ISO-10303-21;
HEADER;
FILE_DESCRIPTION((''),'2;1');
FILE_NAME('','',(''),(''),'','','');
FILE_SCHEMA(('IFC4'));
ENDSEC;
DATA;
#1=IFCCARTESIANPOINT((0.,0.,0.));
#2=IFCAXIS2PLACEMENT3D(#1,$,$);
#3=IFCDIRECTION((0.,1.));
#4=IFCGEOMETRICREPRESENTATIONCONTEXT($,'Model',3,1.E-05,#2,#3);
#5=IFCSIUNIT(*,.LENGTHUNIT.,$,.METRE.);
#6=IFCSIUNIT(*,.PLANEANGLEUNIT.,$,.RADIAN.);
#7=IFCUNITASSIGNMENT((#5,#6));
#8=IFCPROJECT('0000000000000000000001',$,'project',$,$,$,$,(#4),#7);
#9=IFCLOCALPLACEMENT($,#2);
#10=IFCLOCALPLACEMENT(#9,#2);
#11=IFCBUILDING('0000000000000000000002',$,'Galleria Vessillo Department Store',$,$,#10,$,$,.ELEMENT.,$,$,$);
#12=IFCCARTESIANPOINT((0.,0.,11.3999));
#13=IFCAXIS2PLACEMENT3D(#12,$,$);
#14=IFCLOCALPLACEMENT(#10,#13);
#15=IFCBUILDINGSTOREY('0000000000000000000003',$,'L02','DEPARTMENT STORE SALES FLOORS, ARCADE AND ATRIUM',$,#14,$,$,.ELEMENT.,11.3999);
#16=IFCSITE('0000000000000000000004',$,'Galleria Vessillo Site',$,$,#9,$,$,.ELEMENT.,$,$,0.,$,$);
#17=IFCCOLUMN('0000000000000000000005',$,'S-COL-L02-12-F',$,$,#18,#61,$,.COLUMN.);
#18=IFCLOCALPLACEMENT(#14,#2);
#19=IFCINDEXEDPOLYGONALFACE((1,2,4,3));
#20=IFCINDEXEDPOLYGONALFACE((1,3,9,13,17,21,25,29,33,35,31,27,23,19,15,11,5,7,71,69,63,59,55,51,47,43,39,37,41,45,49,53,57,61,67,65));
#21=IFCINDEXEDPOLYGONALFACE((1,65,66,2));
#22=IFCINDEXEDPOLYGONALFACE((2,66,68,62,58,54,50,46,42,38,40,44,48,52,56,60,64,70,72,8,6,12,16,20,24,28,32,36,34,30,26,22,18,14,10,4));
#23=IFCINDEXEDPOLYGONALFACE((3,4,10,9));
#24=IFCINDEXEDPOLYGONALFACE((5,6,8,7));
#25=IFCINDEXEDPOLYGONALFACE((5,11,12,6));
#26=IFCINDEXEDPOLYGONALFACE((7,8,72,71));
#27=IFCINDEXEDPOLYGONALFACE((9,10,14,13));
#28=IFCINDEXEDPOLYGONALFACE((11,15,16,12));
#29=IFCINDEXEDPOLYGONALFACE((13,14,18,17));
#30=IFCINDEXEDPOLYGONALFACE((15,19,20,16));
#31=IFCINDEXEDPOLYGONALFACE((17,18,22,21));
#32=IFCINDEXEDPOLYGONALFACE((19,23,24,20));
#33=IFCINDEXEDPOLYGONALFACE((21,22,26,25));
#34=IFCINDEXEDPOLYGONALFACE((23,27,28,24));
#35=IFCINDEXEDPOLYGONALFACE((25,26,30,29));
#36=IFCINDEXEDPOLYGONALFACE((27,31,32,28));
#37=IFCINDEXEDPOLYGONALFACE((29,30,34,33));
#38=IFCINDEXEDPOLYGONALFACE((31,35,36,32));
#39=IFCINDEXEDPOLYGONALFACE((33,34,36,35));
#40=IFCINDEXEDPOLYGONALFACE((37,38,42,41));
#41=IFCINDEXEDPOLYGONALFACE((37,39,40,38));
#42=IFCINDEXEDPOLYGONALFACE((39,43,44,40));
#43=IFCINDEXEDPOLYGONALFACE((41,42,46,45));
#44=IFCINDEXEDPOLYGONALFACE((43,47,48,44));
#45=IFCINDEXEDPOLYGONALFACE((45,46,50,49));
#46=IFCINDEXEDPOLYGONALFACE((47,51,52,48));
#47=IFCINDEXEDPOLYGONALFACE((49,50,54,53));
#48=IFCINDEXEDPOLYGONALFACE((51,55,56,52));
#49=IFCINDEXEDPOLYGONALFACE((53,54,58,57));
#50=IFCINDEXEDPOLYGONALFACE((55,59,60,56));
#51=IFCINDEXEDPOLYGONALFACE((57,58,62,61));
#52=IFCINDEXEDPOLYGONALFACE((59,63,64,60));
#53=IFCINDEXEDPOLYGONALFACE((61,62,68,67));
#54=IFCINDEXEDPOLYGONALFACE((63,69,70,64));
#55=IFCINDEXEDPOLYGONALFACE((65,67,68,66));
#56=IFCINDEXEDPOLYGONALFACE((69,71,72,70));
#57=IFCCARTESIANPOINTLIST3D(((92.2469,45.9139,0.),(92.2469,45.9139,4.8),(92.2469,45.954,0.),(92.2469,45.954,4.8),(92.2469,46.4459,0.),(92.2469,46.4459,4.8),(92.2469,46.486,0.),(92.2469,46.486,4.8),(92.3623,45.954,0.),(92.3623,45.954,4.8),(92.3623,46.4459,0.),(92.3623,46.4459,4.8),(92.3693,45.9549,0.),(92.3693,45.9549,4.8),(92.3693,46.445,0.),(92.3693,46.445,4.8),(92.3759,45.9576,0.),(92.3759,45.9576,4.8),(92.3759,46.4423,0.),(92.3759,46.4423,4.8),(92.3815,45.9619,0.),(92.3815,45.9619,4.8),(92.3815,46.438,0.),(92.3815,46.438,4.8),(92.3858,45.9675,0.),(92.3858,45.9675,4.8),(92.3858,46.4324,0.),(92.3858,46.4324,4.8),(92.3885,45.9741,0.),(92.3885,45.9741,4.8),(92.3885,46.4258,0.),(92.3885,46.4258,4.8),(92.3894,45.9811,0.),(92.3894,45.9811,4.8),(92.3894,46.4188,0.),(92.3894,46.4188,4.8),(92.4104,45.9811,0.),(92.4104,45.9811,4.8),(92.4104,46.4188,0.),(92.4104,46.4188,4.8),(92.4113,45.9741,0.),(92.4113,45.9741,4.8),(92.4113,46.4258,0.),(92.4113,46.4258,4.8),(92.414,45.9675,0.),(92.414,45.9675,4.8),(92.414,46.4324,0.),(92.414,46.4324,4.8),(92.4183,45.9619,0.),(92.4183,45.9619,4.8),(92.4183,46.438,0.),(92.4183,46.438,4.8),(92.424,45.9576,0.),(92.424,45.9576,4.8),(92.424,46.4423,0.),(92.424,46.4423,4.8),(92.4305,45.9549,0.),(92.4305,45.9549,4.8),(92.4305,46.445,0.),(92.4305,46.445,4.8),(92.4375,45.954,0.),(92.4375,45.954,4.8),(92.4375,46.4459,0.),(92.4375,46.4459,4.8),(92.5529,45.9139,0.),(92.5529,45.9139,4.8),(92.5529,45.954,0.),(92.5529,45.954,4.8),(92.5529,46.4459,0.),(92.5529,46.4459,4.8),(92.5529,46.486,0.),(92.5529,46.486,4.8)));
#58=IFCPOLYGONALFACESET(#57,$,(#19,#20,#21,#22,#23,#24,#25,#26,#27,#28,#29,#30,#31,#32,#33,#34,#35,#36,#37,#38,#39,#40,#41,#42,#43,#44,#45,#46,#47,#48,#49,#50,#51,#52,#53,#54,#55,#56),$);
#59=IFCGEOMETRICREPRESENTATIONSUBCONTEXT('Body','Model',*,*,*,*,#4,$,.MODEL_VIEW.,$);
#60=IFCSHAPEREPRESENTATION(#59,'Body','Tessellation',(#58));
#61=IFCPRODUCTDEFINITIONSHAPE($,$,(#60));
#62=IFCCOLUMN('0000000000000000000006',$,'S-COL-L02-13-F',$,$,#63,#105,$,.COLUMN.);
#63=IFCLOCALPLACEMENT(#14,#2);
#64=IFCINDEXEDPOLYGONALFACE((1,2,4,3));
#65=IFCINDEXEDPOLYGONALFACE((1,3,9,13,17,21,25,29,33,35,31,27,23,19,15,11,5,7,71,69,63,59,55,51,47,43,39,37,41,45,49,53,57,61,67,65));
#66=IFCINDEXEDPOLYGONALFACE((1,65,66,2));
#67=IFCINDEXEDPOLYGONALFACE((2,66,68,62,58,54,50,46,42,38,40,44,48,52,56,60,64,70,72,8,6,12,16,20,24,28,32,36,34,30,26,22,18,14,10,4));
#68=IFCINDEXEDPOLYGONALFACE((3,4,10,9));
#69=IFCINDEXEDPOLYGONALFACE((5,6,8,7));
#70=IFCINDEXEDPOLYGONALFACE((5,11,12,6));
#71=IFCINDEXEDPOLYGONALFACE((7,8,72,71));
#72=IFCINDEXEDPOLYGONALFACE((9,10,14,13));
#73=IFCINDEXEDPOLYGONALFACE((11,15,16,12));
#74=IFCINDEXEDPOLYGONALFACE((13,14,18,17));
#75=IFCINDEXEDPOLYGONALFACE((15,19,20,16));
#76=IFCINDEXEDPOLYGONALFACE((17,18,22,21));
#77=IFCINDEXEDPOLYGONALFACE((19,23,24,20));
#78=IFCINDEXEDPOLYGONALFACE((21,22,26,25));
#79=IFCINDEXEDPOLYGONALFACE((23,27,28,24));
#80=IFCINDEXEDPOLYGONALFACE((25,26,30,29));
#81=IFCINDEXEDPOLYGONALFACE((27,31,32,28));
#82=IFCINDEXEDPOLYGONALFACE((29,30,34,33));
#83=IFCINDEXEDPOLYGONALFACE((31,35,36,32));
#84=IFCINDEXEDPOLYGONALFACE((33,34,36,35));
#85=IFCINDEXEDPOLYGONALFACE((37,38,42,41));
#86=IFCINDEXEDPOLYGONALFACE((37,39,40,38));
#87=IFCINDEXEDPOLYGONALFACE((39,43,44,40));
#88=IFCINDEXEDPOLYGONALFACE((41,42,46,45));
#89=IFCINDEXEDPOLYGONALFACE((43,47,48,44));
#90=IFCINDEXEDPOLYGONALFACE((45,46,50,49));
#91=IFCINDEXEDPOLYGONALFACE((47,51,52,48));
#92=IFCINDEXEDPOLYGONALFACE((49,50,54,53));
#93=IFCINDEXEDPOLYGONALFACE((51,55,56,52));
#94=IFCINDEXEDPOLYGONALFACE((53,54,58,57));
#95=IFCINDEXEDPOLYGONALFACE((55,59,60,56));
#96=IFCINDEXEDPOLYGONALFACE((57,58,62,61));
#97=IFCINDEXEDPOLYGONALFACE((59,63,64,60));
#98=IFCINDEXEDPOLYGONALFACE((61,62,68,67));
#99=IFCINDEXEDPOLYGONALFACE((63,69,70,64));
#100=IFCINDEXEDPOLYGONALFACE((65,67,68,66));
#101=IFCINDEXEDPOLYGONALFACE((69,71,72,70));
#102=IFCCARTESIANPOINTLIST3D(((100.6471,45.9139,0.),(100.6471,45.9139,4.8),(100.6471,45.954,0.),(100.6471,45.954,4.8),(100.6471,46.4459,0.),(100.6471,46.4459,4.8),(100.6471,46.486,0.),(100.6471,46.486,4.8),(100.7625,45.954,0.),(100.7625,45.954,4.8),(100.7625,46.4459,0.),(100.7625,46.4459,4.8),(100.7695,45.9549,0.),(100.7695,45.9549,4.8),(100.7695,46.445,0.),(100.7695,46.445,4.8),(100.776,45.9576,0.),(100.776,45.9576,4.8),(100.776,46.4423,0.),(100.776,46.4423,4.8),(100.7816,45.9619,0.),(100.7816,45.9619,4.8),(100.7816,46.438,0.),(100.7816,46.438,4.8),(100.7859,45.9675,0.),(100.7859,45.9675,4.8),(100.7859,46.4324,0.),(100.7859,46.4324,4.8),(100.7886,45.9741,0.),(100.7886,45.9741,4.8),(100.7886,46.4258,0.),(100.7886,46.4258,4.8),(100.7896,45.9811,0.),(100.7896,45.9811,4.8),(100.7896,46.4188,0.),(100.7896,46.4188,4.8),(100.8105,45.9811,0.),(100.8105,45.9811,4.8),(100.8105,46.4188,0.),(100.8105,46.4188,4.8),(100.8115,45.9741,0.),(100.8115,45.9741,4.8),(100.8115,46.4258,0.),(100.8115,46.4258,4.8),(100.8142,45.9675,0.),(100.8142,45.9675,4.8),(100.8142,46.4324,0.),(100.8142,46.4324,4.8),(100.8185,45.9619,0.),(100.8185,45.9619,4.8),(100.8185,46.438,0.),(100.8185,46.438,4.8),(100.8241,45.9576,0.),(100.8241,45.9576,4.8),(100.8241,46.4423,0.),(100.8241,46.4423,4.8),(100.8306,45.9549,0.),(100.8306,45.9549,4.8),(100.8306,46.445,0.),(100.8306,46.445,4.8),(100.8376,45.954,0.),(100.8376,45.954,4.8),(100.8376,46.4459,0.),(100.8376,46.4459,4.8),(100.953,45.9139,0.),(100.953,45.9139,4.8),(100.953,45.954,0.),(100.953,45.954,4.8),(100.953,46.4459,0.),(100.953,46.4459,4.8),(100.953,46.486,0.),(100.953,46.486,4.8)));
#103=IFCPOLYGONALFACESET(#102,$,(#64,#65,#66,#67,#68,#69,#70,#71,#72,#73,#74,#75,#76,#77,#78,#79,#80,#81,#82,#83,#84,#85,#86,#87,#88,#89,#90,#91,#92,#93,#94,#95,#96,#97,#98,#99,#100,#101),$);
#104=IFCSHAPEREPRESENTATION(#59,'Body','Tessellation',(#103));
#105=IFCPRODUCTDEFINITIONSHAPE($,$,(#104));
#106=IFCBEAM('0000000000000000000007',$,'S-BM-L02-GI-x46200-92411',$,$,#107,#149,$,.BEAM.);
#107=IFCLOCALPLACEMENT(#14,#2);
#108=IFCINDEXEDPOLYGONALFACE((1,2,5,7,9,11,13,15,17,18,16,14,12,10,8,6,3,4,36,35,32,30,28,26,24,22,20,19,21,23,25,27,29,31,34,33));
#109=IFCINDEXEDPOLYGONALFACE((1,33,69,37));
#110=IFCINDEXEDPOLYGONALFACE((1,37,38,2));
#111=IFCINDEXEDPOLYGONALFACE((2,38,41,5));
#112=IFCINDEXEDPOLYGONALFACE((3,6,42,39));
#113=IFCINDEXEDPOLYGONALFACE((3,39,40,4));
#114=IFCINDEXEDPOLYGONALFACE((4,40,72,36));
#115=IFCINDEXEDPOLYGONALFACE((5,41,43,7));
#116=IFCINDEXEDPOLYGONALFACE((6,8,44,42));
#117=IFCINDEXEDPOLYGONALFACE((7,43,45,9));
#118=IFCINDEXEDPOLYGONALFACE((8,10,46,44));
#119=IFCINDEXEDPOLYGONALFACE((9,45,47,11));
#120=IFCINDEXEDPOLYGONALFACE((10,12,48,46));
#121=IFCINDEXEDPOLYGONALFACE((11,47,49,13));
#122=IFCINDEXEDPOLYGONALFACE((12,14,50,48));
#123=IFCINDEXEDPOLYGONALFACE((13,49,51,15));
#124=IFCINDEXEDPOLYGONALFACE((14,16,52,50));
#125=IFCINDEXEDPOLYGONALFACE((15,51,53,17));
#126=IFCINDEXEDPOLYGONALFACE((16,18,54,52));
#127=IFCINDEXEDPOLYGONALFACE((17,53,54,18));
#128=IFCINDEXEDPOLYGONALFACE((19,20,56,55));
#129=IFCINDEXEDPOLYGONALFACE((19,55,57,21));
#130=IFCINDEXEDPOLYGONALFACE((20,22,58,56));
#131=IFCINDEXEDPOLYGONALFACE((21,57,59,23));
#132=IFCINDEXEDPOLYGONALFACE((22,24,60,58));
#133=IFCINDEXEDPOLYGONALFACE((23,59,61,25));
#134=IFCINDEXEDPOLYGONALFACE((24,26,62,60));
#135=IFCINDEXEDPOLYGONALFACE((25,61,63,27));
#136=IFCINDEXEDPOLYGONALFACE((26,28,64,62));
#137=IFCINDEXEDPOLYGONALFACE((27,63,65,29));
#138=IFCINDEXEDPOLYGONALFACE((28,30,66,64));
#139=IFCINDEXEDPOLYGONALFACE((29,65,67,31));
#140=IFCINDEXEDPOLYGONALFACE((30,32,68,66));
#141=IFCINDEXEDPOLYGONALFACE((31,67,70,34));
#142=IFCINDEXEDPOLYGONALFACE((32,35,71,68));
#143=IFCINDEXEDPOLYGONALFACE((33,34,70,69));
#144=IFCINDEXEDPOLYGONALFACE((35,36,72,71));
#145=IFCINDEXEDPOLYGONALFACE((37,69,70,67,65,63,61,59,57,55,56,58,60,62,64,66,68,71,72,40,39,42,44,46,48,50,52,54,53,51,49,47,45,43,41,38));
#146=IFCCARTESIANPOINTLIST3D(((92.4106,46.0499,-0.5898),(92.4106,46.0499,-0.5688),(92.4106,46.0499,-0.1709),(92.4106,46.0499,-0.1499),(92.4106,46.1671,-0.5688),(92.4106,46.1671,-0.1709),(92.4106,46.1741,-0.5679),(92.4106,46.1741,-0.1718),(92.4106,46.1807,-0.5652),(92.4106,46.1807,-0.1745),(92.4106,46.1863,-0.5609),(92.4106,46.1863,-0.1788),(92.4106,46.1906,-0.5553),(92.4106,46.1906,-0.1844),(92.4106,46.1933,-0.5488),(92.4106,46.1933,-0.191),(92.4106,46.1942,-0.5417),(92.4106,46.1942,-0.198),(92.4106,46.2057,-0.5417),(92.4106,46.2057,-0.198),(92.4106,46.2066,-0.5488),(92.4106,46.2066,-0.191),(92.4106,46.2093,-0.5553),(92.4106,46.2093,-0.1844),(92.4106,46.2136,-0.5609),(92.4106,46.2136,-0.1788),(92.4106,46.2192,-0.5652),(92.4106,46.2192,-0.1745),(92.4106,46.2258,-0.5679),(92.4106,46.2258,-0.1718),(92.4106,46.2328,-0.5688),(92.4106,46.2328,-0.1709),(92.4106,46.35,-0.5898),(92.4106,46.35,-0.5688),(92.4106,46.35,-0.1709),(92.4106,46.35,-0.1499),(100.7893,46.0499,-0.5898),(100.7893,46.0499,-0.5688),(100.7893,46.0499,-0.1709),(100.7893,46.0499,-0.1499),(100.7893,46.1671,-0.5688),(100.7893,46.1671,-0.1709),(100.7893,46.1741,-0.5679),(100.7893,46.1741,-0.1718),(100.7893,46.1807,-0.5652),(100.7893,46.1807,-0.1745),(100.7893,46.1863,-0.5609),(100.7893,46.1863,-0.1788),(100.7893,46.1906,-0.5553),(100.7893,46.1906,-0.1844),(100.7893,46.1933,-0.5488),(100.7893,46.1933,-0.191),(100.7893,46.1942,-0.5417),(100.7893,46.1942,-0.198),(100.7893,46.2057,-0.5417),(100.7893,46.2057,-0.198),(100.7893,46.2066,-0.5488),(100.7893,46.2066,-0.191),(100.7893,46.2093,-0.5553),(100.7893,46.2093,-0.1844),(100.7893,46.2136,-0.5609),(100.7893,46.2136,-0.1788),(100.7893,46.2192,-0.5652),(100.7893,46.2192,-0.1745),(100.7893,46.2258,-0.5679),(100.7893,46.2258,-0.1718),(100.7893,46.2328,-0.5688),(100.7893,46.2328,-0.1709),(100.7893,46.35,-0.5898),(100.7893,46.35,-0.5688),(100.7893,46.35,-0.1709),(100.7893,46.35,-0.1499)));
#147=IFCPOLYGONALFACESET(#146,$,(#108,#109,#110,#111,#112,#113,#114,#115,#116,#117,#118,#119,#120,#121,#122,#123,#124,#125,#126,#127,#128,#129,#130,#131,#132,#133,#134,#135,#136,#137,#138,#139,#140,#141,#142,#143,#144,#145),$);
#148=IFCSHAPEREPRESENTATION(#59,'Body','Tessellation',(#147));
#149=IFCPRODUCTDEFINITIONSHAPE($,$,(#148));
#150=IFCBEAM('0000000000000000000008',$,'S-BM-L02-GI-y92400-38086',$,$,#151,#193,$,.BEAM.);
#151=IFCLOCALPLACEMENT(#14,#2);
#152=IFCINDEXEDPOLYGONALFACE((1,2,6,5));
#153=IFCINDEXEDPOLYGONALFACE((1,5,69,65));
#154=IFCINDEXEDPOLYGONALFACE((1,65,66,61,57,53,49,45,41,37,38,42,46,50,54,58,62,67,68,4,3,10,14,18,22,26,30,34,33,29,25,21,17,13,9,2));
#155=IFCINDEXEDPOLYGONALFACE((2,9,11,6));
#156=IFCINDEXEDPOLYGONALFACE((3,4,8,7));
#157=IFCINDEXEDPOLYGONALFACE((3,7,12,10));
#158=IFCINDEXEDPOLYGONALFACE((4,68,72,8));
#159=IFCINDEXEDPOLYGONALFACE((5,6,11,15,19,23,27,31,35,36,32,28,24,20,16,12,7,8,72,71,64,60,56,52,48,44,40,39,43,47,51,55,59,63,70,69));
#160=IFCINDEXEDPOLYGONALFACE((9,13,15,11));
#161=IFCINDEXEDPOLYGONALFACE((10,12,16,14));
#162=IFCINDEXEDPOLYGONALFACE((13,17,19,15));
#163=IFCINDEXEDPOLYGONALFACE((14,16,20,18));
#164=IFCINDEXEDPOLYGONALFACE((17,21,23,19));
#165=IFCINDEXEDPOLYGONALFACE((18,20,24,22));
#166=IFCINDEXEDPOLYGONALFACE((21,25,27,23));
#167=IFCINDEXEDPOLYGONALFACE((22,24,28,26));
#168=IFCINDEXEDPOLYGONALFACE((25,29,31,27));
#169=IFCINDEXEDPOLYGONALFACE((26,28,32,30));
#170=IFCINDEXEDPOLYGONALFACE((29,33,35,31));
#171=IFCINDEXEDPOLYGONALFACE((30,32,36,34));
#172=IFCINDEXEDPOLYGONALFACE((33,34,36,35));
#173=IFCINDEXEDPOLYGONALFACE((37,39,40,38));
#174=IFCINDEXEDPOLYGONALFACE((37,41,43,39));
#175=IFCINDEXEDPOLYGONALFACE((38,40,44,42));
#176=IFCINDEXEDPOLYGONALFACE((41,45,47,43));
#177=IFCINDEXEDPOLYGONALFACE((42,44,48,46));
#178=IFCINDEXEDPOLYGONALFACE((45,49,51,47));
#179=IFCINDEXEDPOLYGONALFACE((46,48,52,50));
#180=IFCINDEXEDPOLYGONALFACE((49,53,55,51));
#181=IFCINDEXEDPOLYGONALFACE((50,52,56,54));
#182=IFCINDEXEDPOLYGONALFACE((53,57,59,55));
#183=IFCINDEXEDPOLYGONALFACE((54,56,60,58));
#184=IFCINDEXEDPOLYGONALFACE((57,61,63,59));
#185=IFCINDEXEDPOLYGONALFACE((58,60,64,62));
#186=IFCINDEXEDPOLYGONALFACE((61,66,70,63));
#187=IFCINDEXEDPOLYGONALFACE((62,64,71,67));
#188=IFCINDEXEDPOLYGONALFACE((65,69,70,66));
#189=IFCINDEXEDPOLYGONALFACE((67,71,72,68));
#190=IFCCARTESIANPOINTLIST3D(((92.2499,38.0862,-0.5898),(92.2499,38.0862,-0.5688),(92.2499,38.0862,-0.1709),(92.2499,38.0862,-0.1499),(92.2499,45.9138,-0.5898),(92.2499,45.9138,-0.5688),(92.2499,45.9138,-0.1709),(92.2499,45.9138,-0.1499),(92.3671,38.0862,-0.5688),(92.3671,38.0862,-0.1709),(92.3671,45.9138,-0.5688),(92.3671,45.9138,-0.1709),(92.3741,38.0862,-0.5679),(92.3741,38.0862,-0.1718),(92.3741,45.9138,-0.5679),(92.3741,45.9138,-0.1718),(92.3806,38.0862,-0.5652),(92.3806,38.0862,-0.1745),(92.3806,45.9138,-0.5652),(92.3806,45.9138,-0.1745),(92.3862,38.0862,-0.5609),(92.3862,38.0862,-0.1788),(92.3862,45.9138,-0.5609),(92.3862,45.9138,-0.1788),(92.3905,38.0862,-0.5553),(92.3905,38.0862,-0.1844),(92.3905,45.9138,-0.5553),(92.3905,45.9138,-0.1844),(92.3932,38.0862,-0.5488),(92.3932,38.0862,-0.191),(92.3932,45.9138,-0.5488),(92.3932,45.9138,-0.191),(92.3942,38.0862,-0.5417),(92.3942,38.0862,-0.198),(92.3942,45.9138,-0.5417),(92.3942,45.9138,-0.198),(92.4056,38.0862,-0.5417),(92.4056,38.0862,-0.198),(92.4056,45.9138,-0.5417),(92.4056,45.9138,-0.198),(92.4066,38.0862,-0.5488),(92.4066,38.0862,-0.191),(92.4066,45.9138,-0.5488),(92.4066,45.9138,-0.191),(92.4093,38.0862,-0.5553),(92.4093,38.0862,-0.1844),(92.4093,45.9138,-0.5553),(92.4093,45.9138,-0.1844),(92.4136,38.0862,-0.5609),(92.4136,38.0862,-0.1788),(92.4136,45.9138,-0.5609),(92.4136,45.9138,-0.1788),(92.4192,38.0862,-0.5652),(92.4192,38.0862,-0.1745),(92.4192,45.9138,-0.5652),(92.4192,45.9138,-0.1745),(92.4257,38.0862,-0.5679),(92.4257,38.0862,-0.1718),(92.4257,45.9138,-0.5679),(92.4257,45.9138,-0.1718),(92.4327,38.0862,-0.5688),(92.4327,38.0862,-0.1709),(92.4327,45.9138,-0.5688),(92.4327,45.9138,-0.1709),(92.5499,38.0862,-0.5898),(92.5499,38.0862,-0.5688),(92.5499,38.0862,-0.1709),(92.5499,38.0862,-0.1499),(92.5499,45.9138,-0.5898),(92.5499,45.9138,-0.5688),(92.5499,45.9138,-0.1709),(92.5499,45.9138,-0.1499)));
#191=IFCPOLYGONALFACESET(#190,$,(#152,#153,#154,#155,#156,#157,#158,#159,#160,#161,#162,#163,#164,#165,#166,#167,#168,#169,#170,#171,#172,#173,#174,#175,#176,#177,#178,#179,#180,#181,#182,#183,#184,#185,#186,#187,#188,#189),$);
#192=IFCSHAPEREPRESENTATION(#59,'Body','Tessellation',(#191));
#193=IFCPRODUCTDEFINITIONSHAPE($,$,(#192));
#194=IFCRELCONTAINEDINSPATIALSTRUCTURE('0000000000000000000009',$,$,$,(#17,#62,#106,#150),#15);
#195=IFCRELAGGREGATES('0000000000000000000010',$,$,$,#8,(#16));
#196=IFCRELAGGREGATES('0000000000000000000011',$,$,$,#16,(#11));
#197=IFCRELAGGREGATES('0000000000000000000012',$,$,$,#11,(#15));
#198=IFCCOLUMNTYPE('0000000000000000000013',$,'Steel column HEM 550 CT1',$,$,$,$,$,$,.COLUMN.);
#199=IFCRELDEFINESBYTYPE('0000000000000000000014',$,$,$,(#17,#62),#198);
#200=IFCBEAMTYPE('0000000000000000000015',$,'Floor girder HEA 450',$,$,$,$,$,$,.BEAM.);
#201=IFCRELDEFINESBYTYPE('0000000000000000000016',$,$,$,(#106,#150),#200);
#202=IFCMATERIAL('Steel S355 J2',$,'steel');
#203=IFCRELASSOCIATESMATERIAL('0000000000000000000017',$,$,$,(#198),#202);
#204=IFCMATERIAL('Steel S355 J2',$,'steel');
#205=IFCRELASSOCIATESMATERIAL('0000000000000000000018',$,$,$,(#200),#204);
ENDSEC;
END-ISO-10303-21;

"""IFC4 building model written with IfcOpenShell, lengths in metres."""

from ifc_helpers import new_model, si_unit, direction, frame, origin, origin_2d, place, context, subcontext, project, spatial, i_section, extrude, material, material_profile, profile_set, type_object, element, save


model = new_model("IFC4")

# Units and contexts
model_context = context("Model", 3, precision=1e-05, world=origin(), true_north=direction((0.0, 1.0)))
body_context = subcontext(model_context, "Body", "Model", "MODEL_VIEW")
ifc_project = project(units=[si_unit("LENGTHUNIT", "METRE"), si_unit("PLANEANGLEUNIT", "RADIAN")], contexts=[model_context])

# Site, building, storey
site_placement = place(None, origin())
site = spatial("IfcSite", under=ifc_project, at=site_placement, Name="Galleria Vessillo Site", CompositionType="ELEMENT", RefElevation=0.0)
building_placement = place(site_placement, origin())
building = spatial("IfcBuilding", under=site, at=building_placement, Name="Galleria Vessillo Department Store", CompositionType="ELEMENT")
storey_placement = place(building_placement, frame((0.0, 0.0, 11.3999)))
storey = spatial("IfcBuildingStorey", under=building, at=storey_placement, Name="L02", Description="DEPARTMENT STORE SALES FLOORS, ARCADE AND ATRIUM", CompositionType="ELEMENT", Elevation=11.3999)

# Columns
ifc_material_1 = material(Name="Steel S355 J2", Category="steel")
ifc_material_profile_1 = material_profile(ifc_material_1, i_section(OverallWidth=0.3059, OverallDepth=0.572, WebThickness=0.021, FlangeThickness=0.04, FilletRadius=0.0271, at=origin_2d()), Name="HEM 550")
ifc_profile_set_1 = profile_set([ifc_material_profile_1], Name="Steel S355 J2")
column_type = type_object("IfcColumnType", Name="Steel column HEM 550 CT1", PredefinedType="COLUMN", material=ifc_profile_set_1)
for number, where, z_axis, x_axis, name in (
    (1, (92.3999, 46.2, 0.0), (0.0, 0.0, 1.0), (1.0, 0.0, 0.0), "S-COL-L02-12-F"),
    (2, (100.8, 46.2, 0.0), (0.0, 0.0, 1.0), (1.0, 0.0, 0.0), "S-COL-L02-13-F"),
):
    element("IfcColumn", number, at=place(storey_placement, frame(where, z_axis=z_axis, x_axis=x_axis)), inside=storey, type_object=column_type, Name=name, PredefinedType="COLUMN", context=body_context, shape_type="SweptSolid", body=[
        extrude(i_section(OverallWidth=0.3059, OverallDepth=0.572, WebThickness=0.021, FlangeThickness=0.04, FilletRadius=0.0271, at=origin_2d()), origin(), (0.0, 0.0, 1.0), 4.8),
    ])

# Beams
ifc_material_2 = material(Name="Steel S355 J2", Category="steel")
ifc_material_profile_2 = material_profile(ifc_material_2, i_section(OverallWidth=0.3, OverallDepth=0.4399, WebThickness=0.0115, FlangeThickness=0.021, FilletRadius=0.0271, at=origin_2d()), Name="HEA 450")
ifc_profile_set_2 = profile_set([ifc_material_profile_2], Name="Steel S355 J2")
beam_type_1 = type_object("IfcBeamType", Name="Floor girder HEA 450", PredefinedType="BEAM", material=ifc_profile_set_2)
beam_1_placement = place(storey_placement, frame((92.4106, 46.2, -0.3699), z_axis=(1.0, 0.0, 0.0), x_axis=(0.0, 1.0, 0.0)))
element("IfcBeam", 3, at=beam_1_placement, inside=storey, type_object=beam_type_1, Name="S-BM-L02-GI-x46200-92411", PredefinedType="BEAM", context=body_context, shape_type="SweptSolid", body=[
    extrude(i_section(OverallWidth=0.3, OverallDepth=0.4399, WebThickness=0.0115, FlangeThickness=0.021, FilletRadius=0.0271, at=origin_2d()), origin(), (0.0, 0.0, 1.0), 8.3787),
])
beam_2_placement = place(storey_placement, frame((92.3999, 38.0862, -0.3699), z_axis=(0.0, 1.0, 0.0), x_axis=(-1.0, 0.0, 0.0)))
element("IfcBeam", 4, at=beam_2_placement, inside=storey, type_object=beam_type_1, Name="S-BM-L02-GI-y92400-38086", PredefinedType="BEAM", context=body_context, shape_type="SweptSolid", body=[
    extrude(i_section(OverallWidth=0.3, OverallDepth=0.4399, WebThickness=0.0115, FlangeThickness=0.021, FilletRadius=0.0271, at=origin_2d()), origin(), (0.0, 0.0, 1.0), 7.8276),
])

save(model, "model.ifc")
